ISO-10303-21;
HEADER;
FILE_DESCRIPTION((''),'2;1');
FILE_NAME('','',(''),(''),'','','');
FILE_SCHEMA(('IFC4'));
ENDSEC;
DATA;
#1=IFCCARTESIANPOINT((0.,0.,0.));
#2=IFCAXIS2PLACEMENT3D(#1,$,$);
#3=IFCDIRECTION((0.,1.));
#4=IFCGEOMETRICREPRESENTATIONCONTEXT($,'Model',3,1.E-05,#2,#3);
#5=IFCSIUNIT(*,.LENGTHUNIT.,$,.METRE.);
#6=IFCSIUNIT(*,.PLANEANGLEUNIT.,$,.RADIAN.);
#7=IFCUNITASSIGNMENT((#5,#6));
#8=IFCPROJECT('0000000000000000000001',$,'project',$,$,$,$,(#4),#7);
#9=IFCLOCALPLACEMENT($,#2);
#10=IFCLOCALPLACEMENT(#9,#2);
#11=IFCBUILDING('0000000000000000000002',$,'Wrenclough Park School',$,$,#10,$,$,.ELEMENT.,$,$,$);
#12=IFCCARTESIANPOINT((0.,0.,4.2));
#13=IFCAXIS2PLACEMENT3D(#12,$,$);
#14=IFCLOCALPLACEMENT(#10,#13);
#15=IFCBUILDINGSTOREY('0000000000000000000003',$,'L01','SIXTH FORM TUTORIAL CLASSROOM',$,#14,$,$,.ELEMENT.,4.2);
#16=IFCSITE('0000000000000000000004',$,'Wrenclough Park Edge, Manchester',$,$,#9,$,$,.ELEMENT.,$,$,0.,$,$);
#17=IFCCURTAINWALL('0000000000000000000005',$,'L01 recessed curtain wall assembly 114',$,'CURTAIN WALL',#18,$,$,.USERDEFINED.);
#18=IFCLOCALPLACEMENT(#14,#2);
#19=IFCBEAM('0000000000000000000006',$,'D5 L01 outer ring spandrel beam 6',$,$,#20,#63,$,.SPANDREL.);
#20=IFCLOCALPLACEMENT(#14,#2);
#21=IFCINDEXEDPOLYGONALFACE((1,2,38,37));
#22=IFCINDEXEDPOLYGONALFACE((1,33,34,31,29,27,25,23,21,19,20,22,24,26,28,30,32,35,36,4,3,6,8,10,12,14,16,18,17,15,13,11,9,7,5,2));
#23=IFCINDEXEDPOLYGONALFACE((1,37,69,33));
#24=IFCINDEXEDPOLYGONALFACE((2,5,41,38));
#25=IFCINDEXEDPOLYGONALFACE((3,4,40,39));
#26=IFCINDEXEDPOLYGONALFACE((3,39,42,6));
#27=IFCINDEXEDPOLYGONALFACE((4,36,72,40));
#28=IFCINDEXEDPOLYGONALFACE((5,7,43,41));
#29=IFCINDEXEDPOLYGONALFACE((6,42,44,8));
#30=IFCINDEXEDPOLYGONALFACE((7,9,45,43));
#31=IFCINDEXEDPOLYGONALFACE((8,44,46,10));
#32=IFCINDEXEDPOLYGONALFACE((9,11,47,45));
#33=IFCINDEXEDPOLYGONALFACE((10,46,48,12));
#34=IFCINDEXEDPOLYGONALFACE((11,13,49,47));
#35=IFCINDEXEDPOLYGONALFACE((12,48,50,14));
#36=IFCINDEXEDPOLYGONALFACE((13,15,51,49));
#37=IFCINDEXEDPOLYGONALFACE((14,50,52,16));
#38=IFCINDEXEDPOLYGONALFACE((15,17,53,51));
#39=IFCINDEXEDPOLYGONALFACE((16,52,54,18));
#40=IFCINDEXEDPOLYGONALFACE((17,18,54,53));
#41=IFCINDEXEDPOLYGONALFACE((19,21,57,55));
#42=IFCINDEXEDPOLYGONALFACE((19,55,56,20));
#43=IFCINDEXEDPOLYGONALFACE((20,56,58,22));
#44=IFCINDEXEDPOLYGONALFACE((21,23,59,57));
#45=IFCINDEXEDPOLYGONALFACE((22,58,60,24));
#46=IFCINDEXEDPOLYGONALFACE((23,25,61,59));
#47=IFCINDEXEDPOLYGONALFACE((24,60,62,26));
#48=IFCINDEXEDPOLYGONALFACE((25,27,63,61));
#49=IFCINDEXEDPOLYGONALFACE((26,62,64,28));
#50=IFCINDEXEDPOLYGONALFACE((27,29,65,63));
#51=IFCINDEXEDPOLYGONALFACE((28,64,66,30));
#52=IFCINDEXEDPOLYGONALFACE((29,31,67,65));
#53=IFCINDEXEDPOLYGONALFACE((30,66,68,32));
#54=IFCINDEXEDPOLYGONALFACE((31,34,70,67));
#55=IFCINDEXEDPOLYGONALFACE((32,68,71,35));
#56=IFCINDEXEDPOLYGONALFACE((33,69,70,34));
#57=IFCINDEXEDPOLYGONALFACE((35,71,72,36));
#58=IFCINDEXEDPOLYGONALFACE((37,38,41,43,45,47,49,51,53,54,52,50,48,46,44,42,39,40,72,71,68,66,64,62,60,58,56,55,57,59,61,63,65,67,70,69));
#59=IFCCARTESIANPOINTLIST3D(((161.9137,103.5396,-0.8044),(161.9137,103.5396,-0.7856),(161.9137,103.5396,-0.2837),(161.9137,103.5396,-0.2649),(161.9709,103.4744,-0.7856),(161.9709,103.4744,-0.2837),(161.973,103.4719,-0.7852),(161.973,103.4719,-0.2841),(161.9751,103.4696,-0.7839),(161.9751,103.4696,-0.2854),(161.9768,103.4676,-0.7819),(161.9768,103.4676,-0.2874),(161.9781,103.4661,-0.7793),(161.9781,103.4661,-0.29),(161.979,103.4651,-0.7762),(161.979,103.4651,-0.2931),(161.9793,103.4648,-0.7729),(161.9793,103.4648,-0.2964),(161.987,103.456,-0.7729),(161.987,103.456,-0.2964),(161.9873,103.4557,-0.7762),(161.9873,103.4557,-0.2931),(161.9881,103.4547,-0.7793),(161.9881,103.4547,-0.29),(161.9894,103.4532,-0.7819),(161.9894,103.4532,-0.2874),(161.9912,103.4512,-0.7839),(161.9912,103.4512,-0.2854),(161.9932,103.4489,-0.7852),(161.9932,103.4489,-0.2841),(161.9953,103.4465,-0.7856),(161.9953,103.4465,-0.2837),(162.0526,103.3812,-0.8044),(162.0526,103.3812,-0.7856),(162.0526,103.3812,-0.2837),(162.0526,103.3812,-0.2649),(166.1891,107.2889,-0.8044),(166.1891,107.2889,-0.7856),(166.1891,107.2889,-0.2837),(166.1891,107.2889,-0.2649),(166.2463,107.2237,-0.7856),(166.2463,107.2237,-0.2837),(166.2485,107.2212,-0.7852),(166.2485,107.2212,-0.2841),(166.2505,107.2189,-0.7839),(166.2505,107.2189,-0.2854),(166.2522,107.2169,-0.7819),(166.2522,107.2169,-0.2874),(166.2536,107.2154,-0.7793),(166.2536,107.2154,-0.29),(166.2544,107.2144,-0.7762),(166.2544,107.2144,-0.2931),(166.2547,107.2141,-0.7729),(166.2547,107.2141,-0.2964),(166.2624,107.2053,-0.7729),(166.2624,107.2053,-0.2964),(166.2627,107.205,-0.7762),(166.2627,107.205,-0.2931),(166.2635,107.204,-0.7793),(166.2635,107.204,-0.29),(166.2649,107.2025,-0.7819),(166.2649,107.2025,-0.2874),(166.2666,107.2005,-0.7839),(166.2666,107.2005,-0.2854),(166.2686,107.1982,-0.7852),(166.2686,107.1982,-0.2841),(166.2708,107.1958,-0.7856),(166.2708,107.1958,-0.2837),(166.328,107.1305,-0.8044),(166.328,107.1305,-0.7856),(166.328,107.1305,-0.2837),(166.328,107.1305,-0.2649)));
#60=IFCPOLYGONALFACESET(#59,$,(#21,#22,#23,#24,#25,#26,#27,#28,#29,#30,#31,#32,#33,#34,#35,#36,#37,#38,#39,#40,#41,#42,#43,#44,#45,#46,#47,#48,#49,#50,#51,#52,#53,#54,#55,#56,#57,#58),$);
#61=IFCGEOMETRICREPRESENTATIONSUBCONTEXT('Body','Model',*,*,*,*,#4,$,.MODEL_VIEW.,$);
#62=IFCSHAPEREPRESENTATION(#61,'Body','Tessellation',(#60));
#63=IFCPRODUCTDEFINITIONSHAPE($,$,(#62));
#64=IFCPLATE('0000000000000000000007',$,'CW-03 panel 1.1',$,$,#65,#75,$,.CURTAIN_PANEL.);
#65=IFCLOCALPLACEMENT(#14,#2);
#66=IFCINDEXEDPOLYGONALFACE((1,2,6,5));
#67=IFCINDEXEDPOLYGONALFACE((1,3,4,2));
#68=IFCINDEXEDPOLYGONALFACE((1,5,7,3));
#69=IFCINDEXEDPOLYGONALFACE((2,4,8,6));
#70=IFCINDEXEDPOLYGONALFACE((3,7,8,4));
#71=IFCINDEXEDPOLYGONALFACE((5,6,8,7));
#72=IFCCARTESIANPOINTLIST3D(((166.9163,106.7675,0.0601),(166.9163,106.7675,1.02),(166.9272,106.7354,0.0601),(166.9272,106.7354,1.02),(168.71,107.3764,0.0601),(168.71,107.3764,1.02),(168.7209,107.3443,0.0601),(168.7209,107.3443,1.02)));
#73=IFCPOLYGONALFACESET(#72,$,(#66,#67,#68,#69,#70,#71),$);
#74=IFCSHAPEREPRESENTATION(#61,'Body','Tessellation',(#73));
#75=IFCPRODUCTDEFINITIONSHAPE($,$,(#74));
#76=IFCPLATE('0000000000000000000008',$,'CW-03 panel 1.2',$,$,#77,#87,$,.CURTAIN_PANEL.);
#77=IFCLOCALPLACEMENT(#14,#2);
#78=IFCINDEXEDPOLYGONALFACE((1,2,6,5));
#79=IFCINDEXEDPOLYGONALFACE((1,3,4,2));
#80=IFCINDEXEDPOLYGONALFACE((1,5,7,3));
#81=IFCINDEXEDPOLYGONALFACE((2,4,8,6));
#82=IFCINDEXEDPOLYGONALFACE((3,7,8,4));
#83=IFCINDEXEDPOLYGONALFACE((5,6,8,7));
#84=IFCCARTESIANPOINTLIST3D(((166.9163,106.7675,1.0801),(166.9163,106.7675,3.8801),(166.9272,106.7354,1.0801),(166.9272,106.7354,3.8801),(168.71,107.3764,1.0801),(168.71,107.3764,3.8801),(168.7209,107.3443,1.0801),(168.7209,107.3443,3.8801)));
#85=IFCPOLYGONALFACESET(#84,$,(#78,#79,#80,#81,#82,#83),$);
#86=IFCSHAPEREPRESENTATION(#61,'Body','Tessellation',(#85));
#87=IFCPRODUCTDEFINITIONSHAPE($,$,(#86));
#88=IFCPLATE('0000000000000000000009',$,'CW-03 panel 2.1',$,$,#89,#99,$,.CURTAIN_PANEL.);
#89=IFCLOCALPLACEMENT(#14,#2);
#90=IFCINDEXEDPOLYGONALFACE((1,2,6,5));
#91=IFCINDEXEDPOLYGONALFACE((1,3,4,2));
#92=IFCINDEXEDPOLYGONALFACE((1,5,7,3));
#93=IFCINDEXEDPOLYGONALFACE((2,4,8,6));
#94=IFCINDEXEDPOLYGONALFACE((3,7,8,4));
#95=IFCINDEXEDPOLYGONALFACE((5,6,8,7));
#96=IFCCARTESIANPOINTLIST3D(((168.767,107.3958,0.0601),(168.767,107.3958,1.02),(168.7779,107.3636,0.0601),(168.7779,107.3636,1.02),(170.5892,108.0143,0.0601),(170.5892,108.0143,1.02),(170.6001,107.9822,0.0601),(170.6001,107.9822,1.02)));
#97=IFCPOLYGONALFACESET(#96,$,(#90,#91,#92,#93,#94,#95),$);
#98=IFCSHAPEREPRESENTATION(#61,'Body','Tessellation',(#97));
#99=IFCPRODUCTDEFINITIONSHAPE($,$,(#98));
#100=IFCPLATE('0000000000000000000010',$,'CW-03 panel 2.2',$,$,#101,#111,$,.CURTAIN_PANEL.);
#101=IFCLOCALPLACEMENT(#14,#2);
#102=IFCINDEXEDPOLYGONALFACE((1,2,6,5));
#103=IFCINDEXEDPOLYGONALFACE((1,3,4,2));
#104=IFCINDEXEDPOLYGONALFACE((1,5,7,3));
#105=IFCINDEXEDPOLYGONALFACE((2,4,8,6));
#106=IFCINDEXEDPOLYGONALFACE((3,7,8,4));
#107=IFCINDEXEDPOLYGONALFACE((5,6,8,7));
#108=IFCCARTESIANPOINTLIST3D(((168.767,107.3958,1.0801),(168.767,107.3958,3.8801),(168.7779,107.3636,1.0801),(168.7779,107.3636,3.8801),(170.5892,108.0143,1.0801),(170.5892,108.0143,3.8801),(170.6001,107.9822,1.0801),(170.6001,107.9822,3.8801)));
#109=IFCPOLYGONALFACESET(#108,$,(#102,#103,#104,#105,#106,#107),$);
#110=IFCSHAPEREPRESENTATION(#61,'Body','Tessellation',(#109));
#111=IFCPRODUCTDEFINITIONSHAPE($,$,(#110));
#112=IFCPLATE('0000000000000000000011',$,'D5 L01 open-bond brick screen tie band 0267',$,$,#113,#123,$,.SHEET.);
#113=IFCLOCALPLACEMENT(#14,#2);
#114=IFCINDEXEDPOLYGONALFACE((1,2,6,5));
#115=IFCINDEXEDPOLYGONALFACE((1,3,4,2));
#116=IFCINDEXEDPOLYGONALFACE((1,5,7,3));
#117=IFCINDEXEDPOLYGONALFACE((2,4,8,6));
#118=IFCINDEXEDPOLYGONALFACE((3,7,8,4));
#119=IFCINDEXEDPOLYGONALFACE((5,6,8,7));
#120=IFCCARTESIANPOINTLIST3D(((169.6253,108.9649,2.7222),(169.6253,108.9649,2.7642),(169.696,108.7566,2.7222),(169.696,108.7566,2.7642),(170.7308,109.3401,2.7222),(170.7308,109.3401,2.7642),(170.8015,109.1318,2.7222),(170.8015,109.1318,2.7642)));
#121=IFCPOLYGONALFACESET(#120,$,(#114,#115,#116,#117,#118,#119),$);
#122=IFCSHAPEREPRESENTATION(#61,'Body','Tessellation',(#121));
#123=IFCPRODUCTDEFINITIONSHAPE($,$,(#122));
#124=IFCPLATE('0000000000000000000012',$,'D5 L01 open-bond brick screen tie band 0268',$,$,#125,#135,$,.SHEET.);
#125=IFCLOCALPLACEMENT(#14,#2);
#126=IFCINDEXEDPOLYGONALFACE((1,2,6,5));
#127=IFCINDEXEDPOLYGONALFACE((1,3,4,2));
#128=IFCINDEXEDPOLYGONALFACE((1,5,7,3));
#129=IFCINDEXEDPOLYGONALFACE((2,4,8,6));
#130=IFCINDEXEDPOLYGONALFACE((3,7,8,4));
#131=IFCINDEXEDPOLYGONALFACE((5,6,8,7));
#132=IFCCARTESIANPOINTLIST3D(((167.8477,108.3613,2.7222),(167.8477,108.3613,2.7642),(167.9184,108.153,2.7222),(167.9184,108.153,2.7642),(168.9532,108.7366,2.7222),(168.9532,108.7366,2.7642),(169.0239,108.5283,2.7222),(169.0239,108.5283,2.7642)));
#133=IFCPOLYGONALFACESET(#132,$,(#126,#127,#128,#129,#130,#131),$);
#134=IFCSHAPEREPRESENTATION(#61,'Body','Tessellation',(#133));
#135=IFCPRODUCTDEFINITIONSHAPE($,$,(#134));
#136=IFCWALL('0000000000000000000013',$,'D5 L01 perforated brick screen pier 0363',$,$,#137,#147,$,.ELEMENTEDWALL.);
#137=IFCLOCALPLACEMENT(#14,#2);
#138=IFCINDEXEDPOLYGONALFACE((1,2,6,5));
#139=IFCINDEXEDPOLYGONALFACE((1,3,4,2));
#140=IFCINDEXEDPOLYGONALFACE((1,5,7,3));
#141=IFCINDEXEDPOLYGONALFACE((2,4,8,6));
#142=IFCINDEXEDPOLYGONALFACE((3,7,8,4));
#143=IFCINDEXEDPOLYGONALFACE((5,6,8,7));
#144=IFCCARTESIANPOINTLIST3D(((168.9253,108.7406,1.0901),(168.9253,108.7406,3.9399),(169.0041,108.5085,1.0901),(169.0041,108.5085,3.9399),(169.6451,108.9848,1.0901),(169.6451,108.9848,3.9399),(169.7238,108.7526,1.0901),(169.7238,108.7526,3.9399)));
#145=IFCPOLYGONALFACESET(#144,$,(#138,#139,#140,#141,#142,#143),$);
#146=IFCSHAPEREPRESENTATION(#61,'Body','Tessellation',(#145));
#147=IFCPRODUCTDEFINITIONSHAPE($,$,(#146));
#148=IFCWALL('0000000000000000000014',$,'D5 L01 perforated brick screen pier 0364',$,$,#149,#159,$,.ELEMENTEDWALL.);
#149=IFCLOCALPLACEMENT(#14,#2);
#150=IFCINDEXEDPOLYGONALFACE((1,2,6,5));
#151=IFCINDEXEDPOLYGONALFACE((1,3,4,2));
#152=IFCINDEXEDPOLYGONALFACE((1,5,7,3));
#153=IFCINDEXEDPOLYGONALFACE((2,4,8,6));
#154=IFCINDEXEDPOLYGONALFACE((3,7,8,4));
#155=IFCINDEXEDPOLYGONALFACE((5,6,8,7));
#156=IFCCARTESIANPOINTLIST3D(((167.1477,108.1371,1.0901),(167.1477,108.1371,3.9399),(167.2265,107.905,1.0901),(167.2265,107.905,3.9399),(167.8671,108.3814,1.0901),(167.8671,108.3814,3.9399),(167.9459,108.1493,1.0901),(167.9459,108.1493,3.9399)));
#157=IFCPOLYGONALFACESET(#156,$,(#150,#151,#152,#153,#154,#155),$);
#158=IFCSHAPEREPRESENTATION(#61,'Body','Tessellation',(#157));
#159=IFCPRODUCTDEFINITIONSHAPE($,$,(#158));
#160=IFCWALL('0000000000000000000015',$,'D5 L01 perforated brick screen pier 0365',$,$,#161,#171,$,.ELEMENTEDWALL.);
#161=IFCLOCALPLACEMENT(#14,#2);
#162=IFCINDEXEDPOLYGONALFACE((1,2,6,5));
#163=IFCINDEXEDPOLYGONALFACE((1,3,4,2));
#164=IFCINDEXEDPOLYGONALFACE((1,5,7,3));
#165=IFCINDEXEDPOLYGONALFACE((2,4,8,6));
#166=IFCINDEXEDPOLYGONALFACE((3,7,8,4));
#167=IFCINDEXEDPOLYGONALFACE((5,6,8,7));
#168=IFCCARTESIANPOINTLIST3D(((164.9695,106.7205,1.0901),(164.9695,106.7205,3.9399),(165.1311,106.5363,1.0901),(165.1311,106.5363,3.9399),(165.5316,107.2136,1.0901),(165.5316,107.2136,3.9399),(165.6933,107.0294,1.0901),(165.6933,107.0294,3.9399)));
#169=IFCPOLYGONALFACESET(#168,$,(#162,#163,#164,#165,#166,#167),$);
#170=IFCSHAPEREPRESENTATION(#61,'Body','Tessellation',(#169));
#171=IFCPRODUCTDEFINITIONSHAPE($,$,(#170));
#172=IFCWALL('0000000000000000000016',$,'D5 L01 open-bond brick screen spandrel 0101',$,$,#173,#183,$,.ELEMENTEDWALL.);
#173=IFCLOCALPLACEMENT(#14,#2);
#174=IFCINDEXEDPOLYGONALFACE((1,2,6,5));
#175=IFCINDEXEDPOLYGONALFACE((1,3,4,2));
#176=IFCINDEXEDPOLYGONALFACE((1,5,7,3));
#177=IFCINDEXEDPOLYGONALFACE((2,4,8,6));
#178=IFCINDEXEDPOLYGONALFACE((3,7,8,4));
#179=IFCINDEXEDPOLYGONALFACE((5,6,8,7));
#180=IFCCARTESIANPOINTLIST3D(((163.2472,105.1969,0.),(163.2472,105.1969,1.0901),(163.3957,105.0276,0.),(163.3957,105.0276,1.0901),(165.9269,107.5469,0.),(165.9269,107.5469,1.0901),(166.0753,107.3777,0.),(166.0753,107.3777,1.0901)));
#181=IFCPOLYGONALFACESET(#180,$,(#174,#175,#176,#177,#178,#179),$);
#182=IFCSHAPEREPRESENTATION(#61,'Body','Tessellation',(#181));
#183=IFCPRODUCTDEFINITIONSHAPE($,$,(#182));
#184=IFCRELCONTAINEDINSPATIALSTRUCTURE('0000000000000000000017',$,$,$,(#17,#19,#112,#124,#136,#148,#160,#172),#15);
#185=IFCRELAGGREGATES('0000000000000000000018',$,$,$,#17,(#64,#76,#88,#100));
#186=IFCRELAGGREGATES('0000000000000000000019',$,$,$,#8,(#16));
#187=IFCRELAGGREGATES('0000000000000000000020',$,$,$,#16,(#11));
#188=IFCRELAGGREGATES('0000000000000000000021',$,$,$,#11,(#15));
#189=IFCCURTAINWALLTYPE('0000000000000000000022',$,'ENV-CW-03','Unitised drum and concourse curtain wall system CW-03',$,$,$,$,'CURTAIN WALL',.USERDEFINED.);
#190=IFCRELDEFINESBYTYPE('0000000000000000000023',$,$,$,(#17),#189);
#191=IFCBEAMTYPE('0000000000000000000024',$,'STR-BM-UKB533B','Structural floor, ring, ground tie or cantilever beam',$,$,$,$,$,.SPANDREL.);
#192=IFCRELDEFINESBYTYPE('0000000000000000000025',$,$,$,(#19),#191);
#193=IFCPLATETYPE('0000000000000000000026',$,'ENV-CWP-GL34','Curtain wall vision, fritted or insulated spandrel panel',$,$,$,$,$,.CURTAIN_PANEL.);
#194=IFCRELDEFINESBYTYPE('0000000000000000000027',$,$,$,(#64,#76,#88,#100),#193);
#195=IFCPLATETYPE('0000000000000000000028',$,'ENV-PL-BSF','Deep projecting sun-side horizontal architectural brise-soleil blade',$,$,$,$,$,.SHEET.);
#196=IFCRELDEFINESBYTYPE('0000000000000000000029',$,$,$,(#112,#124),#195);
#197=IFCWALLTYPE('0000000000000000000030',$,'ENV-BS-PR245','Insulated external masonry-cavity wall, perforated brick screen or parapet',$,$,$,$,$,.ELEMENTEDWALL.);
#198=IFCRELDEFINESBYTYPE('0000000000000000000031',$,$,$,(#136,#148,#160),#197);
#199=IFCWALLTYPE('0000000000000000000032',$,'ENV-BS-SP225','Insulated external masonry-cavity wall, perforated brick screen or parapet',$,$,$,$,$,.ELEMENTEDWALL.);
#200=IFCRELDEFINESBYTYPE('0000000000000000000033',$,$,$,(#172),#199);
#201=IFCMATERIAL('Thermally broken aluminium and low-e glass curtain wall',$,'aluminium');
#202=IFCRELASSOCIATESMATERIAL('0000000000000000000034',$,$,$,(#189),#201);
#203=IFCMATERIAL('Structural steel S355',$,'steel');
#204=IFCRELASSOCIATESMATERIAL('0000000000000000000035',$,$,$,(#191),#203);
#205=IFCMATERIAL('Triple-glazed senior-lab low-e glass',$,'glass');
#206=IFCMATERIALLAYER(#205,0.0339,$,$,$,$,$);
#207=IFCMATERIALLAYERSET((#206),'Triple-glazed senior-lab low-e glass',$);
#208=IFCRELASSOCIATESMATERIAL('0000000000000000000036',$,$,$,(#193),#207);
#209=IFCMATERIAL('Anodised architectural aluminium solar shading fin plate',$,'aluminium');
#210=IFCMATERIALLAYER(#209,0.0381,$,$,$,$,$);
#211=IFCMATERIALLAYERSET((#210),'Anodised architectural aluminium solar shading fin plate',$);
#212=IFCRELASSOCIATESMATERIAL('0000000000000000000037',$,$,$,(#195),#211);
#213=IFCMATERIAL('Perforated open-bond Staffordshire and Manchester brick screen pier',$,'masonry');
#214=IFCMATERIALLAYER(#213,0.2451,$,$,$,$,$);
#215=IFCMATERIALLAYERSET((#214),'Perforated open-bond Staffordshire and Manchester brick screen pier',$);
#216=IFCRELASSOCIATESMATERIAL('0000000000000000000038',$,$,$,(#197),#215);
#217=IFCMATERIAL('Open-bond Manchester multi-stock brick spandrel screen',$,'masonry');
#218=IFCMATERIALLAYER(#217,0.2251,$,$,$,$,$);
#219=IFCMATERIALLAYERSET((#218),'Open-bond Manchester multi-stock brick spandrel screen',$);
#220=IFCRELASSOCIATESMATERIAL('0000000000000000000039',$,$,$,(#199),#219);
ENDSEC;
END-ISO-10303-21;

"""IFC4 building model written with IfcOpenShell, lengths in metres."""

from ifc_helpers import new_model, si_unit, direction, frame, frame_2d, origin, origin_2d, place, context, subcontext, project, spatial, rectangle, i_section, extrude, material, layer, layer_set, material_profile, profile_set, type_object, element, aggregate, save


model = new_model("IFC4")

# Units and contexts
model_context = context("Model", 3, precision=1e-05, world=origin(), true_north=direction((0.0, 1.0)))
body_context = subcontext(model_context, "Body", "Model", "MODEL_VIEW")
ifc_project = project(units=[si_unit("LENGTHUNIT", "METRE"), si_unit("PLANEANGLEUNIT", "RADIAN")], contexts=[model_context])

# Site, building, storey
site_placement = place(None, origin())
site = spatial("IfcSite", under=ifc_project, at=site_placement, Name="Wrenclough Park Edge, Manchester", CompositionType="ELEMENT", RefElevation=0.0)
building_placement = place(site_placement, origin())
building = spatial("IfcBuilding", under=site, at=building_placement, Name="Wrenclough Park School", CompositionType="ELEMENT")
storey_placement = place(building_placement, frame((0.0, 0.0, 4.2)))
storey = spatial("IfcBuildingStorey", under=building, at=storey_placement, Name="L01", Description="SIXTH FORM TUTORIAL CLASSROOM", CompositionType="ELEMENT", Elevation=4.2)

# Curtain wall
ifc_material_1 = material(Name="Thermally broken aluminium and low-e glass curtain wall", Category="aluminium")
curtain_wall_type = type_object("IfcCurtainWallType", Name="ENV-CW-03", Description="Unitised drum and concourse curtain wall system CW-03", ElementType="CURTAIN WALL", PredefinedType="USERDEFINED", material=ifc_material_1)
curtain_wall_placement = place(storey_placement, origin())
curtain_wall = element("IfcCurtainWall", 1, at=curtain_wall_placement, inside=storey, type_object=curtain_wall_type, Name="L01 recessed curtain wall assembly 114", ObjectType="CURTAIN WALL", PredefinedType="USERDEFINED")

# Beam
ifc_material_2 = material(Name="Structural steel S355", Category="steel")
ifc_material_profile_1 = material_profile(ifc_material_2, i_section(OverallWidth=0.2107, OverallDepth=0.5396, WebThickness=0.0117, FlangeThickness=0.0188, FilletRadius=0.0127, at=origin_2d()), Name="UKB 533x210x109")
ifc_profile_set_1 = profile_set([ifc_material_profile_1], Name="Structural steel S355")
beam_type_1 = type_object("IfcBeamType", Name="STR-BM-UKB533B", Description="Structural floor, ring, ground tie or cantilever beam", PredefinedType="SPANDREL", material=ifc_profile_set_1)
beam_1_placement = place(storey_placement, frame((166.2585, 107.2097, -0.5347), z_axis=(-0.751853, -0.659331, 0.0), x_axis=(0.659331, -0.751853, 0.0)))
element("IfcBeam", 2, at=beam_1_placement, inside=storey, type_object=beam_type_1, Name="D5 L01 outer ring spandrel beam 6", PredefinedType="SPANDREL", context=body_context, shape_type="SweptSolid", body=[
    extrude(i_section(OverallWidth=0.2107, OverallDepth=0.5396, WebThickness=0.0117, FlangeThickness=0.0188, FilletRadius=0.0127, at=origin_2d()), origin(), (0.0, 0.0, 1.0), 5.6865),
])

# Plates
ifc_material_3 = material(Name="Triple-glazed senior-lab low-e glass", Category="glass")
ifc_layer_1 = layer(ifc_material_3, 0.0339)
ifc_layer_set_1 = layer_set([ifc_layer_1], Name="Triple-glazed senior-lab low-e glass")
plate_type_1 = type_object("IfcPlateType", Name="ENV-CWP-GL34", Description="Curtain wall vision, fritted or insulated spandrel panel", PredefinedType="CURTAIN_PANEL", material=ifc_layer_set_1)
plate_1_placement = place(storey_placement, frame((167.8186, 107.0559, 0.0601), z_axis=(0.0, 0.0, 1.0), x_axis=(0.946934, 0.321429, 0.0)))
plate_1 = element("IfcPlate", 3, at=plate_1_placement, type_object=plate_type_1, Name="CW-03 panel 1.1", PredefinedType="CURTAIN_PANEL", context=body_context, shape_type="SweptSolid", body=[
    extrude(rectangle(XDim=1.8943, YDim=0.0339, at=origin_2d()), origin(), (0.0, 0.0, 1.0), 0.96),
])
plate_2_placement = place(storey_placement, frame((167.8186, 107.0559, 1.0801), z_axis=(0.0, 0.0, 1.0), x_axis=(0.946934, 0.321429, 0.0)))
plate_2 = element("IfcPlate", 4, at=plate_2_placement, type_object=plate_type_1, Name="CW-03 panel 1.2", PredefinedType="CURTAIN_PANEL", context=body_context, shape_type="SweptSolid", body=[
    extrude(rectangle(XDim=1.8943, YDim=0.0339, at=origin_2d()), origin(), (0.0, 0.0, 1.0), 2.8),
])
plate_3_placement = place(storey_placement, frame((169.6836, 107.689, 0.0601), z_axis=(0.0, 0.0, 1.0), x_axis=(0.946934, 0.321429, 0.0)))
plate_3 = element("IfcPlate", 5, at=plate_3_placement, type_object=plate_type_1, Name="CW-03 panel 2.1", PredefinedType="CURTAIN_PANEL", context=body_context, shape_type="SweptSolid", body=[
    extrude(rectangle(XDim=1.9243, YDim=0.0339, at=origin_2d()), origin(), (0.0, 0.0, 1.0), 0.96),
])
plate_4_placement = place(storey_placement, frame((169.6836, 107.689, 1.0801), z_axis=(0.0, 0.0, 1.0), x_axis=(0.946934, 0.321429, 0.0)))
plate_4 = element("IfcPlate", 6, at=plate_4_placement, type_object=plate_type_1, Name="CW-03 panel 2.2", PredefinedType="CURTAIN_PANEL", context=body_context, shape_type="SweptSolid", body=[
    extrude(rectangle(XDim=1.9243, YDim=0.0339, at=origin_2d()), origin(), (0.0, 0.0, 1.0), 2.8),
])
aggregate(curtain_wall, [plate_1, plate_2, plate_3, plate_4])

# Plates
ifc_material_4 = material(Name="Anodised architectural aluminium solar shading fin plate", Category="aluminium")
ifc_layer_2 = layer(ifc_material_4, 0.0381)
ifc_layer_set_2 = layer_set([ifc_layer_2], Name="Anodised architectural aluminium solar shading fin plate")
plate_type_2 = type_object("IfcPlateType", Name="ENV-PL-BSF", Description="Deep projecting sun-side horizontal architectural brise-soleil blade", PredefinedType="SHEET", material=ifc_layer_set_2)
for number, where, z_axis, x_axis, name in (
    (7, (170.2134, 109.0483, 2.7222), (0.0, 0.0, 1.0), (-0.946934, -0.321427, 0.0), "D5 L01 open-bond brick screen tie band 0267"),
    (8, (168.4358, 108.4448, 2.7222), (0.0, 0.0, 1.0), (-0.946934, -0.321427, 0.0), "D5 L01 open-bond brick screen tie band 0268"),
):
    element("IfcPlate", number, at=place(storey_placement, frame(where, z_axis=z_axis, x_axis=x_axis)), inside=storey, type_object=plate_type_2, Name=name, PredefinedType="SHEET", context=body_context, shape_type="SweptSolid", body=[
        extrude(rectangle(XDim=1.1675, YDim=0.22, at=origin_2d()), origin(), (0.0, 0.0, 1.0), 0.042),
    ])

# Walls
ifc_material_5 = material(Name="Perforated open-bond Staffordshire and Manchester brick screen pier", Category="masonry")
ifc_layer_3 = layer(ifc_material_5, 0.2451)
ifc_layer_set_3 = layer_set([ifc_layer_3], Name="Perforated open-bond Staffordshire and Manchester brick screen pier")
wall_type_1 = type_object("IfcWallType", Name="ENV-BS-PR245", Description="Insulated external masonry-cavity wall, perforated brick screen or parapet", PredefinedType="ELEMENTEDWALL", material=ifc_layer_set_3)
wall_1_placement = place(storey_placement, frame((169.6843, 108.8687, 1.0901), z_axis=(0.0, 0.0, 1.0), x_axis=(-0.947, -0.321235, 0.0)))
element("IfcWall", 9, at=wall_1_placement, inside=storey, type_object=wall_type_1, Name="D5 L01 perforated brick screen pier 0363", PredefinedType="ELEMENTEDWALL", context=body_context, shape_type="SweptSolid", body=[
    extrude(rectangle(XDim=0.76, YDim=0.2451, at=frame_2d((0.3799, 0.0))), origin(), (0.0, 0.0, 1.0), 2.8499),
])
wall_2_placement = place(storey_placement, frame((167.9065, 108.2654, 1.0901), z_axis=(0.0, 0.0, 1.0), x_axis=(-0.946869, -0.32162, 0.0)))
element("IfcWall", 10, at=wall_2_placement, inside=storey, type_object=wall_type_1, Name="D5 L01 perforated brick screen pier 0364", PredefinedType="ELEMENTEDWALL", context=body_context, shape_type="SweptSolid", body=[
    extrude(rectangle(XDim=0.7598, YDim=0.2451, at=frame_2d((0.3799, 0.0))), origin(), (0.0, 0.0, 1.0), 2.8499),
])
wall_3_placement = place(storey_placement, frame((165.6125, 107.1216, 1.0901), z_axis=(0.0, 0.0, 1.0), x_axis=(-0.751788, -0.659405, 0.0)))
element("IfcWall", 11, at=wall_3_placement, inside=storey, type_object=wall_type_1, Name="D5 L01 perforated brick screen pier 0365", PredefinedType="ELEMENTEDWALL", context=body_context, shape_type="SweptSolid", body=[
    extrude(rectangle(XDim=0.7478, YDim=0.2451, at=frame_2d((0.374, 0.0))), origin(), (0.0, 0.0, 1.0), 2.8499),
])
ifc_material_6 = material(Name="Open-bond Manchester multi-stock brick spandrel screen", Category="masonry")
ifc_layer_4 = layer(ifc_material_6, 0.2251)
ifc_layer_set_4 = layer_set([ifc_layer_4], Name="Open-bond Manchester multi-stock brick spandrel screen")
wall_type_2 = type_object("IfcWallType", Name="ENV-BS-SP225", Description="Insulated external masonry-cavity wall, perforated brick screen or parapet", PredefinedType="ELEMENTEDWALL", material=ifc_layer_set_4)
wall_4_placement = place(storey_placement, frame((166.0012, 107.4624, 0.0), z_axis=(0.0, 0.0, 1.0), x_axis=(-0.751829, -0.659358, 0.0)))
element("IfcWall", 12, at=wall_4_placement, inside=storey, type_object=wall_type_2, Name="D5 L01 open-bond brick screen spandrel 0101", PredefinedType="ELEMENTEDWALL", context=body_context, shape_type="SweptSolid", body=[
    extrude(rectangle(XDim=3.5642, YDim=0.2251, at=frame_2d((1.7822, 0.0))), origin(), (0.0, 0.0, 1.0), 1.0901),
])

save(model, "model.ifc")
